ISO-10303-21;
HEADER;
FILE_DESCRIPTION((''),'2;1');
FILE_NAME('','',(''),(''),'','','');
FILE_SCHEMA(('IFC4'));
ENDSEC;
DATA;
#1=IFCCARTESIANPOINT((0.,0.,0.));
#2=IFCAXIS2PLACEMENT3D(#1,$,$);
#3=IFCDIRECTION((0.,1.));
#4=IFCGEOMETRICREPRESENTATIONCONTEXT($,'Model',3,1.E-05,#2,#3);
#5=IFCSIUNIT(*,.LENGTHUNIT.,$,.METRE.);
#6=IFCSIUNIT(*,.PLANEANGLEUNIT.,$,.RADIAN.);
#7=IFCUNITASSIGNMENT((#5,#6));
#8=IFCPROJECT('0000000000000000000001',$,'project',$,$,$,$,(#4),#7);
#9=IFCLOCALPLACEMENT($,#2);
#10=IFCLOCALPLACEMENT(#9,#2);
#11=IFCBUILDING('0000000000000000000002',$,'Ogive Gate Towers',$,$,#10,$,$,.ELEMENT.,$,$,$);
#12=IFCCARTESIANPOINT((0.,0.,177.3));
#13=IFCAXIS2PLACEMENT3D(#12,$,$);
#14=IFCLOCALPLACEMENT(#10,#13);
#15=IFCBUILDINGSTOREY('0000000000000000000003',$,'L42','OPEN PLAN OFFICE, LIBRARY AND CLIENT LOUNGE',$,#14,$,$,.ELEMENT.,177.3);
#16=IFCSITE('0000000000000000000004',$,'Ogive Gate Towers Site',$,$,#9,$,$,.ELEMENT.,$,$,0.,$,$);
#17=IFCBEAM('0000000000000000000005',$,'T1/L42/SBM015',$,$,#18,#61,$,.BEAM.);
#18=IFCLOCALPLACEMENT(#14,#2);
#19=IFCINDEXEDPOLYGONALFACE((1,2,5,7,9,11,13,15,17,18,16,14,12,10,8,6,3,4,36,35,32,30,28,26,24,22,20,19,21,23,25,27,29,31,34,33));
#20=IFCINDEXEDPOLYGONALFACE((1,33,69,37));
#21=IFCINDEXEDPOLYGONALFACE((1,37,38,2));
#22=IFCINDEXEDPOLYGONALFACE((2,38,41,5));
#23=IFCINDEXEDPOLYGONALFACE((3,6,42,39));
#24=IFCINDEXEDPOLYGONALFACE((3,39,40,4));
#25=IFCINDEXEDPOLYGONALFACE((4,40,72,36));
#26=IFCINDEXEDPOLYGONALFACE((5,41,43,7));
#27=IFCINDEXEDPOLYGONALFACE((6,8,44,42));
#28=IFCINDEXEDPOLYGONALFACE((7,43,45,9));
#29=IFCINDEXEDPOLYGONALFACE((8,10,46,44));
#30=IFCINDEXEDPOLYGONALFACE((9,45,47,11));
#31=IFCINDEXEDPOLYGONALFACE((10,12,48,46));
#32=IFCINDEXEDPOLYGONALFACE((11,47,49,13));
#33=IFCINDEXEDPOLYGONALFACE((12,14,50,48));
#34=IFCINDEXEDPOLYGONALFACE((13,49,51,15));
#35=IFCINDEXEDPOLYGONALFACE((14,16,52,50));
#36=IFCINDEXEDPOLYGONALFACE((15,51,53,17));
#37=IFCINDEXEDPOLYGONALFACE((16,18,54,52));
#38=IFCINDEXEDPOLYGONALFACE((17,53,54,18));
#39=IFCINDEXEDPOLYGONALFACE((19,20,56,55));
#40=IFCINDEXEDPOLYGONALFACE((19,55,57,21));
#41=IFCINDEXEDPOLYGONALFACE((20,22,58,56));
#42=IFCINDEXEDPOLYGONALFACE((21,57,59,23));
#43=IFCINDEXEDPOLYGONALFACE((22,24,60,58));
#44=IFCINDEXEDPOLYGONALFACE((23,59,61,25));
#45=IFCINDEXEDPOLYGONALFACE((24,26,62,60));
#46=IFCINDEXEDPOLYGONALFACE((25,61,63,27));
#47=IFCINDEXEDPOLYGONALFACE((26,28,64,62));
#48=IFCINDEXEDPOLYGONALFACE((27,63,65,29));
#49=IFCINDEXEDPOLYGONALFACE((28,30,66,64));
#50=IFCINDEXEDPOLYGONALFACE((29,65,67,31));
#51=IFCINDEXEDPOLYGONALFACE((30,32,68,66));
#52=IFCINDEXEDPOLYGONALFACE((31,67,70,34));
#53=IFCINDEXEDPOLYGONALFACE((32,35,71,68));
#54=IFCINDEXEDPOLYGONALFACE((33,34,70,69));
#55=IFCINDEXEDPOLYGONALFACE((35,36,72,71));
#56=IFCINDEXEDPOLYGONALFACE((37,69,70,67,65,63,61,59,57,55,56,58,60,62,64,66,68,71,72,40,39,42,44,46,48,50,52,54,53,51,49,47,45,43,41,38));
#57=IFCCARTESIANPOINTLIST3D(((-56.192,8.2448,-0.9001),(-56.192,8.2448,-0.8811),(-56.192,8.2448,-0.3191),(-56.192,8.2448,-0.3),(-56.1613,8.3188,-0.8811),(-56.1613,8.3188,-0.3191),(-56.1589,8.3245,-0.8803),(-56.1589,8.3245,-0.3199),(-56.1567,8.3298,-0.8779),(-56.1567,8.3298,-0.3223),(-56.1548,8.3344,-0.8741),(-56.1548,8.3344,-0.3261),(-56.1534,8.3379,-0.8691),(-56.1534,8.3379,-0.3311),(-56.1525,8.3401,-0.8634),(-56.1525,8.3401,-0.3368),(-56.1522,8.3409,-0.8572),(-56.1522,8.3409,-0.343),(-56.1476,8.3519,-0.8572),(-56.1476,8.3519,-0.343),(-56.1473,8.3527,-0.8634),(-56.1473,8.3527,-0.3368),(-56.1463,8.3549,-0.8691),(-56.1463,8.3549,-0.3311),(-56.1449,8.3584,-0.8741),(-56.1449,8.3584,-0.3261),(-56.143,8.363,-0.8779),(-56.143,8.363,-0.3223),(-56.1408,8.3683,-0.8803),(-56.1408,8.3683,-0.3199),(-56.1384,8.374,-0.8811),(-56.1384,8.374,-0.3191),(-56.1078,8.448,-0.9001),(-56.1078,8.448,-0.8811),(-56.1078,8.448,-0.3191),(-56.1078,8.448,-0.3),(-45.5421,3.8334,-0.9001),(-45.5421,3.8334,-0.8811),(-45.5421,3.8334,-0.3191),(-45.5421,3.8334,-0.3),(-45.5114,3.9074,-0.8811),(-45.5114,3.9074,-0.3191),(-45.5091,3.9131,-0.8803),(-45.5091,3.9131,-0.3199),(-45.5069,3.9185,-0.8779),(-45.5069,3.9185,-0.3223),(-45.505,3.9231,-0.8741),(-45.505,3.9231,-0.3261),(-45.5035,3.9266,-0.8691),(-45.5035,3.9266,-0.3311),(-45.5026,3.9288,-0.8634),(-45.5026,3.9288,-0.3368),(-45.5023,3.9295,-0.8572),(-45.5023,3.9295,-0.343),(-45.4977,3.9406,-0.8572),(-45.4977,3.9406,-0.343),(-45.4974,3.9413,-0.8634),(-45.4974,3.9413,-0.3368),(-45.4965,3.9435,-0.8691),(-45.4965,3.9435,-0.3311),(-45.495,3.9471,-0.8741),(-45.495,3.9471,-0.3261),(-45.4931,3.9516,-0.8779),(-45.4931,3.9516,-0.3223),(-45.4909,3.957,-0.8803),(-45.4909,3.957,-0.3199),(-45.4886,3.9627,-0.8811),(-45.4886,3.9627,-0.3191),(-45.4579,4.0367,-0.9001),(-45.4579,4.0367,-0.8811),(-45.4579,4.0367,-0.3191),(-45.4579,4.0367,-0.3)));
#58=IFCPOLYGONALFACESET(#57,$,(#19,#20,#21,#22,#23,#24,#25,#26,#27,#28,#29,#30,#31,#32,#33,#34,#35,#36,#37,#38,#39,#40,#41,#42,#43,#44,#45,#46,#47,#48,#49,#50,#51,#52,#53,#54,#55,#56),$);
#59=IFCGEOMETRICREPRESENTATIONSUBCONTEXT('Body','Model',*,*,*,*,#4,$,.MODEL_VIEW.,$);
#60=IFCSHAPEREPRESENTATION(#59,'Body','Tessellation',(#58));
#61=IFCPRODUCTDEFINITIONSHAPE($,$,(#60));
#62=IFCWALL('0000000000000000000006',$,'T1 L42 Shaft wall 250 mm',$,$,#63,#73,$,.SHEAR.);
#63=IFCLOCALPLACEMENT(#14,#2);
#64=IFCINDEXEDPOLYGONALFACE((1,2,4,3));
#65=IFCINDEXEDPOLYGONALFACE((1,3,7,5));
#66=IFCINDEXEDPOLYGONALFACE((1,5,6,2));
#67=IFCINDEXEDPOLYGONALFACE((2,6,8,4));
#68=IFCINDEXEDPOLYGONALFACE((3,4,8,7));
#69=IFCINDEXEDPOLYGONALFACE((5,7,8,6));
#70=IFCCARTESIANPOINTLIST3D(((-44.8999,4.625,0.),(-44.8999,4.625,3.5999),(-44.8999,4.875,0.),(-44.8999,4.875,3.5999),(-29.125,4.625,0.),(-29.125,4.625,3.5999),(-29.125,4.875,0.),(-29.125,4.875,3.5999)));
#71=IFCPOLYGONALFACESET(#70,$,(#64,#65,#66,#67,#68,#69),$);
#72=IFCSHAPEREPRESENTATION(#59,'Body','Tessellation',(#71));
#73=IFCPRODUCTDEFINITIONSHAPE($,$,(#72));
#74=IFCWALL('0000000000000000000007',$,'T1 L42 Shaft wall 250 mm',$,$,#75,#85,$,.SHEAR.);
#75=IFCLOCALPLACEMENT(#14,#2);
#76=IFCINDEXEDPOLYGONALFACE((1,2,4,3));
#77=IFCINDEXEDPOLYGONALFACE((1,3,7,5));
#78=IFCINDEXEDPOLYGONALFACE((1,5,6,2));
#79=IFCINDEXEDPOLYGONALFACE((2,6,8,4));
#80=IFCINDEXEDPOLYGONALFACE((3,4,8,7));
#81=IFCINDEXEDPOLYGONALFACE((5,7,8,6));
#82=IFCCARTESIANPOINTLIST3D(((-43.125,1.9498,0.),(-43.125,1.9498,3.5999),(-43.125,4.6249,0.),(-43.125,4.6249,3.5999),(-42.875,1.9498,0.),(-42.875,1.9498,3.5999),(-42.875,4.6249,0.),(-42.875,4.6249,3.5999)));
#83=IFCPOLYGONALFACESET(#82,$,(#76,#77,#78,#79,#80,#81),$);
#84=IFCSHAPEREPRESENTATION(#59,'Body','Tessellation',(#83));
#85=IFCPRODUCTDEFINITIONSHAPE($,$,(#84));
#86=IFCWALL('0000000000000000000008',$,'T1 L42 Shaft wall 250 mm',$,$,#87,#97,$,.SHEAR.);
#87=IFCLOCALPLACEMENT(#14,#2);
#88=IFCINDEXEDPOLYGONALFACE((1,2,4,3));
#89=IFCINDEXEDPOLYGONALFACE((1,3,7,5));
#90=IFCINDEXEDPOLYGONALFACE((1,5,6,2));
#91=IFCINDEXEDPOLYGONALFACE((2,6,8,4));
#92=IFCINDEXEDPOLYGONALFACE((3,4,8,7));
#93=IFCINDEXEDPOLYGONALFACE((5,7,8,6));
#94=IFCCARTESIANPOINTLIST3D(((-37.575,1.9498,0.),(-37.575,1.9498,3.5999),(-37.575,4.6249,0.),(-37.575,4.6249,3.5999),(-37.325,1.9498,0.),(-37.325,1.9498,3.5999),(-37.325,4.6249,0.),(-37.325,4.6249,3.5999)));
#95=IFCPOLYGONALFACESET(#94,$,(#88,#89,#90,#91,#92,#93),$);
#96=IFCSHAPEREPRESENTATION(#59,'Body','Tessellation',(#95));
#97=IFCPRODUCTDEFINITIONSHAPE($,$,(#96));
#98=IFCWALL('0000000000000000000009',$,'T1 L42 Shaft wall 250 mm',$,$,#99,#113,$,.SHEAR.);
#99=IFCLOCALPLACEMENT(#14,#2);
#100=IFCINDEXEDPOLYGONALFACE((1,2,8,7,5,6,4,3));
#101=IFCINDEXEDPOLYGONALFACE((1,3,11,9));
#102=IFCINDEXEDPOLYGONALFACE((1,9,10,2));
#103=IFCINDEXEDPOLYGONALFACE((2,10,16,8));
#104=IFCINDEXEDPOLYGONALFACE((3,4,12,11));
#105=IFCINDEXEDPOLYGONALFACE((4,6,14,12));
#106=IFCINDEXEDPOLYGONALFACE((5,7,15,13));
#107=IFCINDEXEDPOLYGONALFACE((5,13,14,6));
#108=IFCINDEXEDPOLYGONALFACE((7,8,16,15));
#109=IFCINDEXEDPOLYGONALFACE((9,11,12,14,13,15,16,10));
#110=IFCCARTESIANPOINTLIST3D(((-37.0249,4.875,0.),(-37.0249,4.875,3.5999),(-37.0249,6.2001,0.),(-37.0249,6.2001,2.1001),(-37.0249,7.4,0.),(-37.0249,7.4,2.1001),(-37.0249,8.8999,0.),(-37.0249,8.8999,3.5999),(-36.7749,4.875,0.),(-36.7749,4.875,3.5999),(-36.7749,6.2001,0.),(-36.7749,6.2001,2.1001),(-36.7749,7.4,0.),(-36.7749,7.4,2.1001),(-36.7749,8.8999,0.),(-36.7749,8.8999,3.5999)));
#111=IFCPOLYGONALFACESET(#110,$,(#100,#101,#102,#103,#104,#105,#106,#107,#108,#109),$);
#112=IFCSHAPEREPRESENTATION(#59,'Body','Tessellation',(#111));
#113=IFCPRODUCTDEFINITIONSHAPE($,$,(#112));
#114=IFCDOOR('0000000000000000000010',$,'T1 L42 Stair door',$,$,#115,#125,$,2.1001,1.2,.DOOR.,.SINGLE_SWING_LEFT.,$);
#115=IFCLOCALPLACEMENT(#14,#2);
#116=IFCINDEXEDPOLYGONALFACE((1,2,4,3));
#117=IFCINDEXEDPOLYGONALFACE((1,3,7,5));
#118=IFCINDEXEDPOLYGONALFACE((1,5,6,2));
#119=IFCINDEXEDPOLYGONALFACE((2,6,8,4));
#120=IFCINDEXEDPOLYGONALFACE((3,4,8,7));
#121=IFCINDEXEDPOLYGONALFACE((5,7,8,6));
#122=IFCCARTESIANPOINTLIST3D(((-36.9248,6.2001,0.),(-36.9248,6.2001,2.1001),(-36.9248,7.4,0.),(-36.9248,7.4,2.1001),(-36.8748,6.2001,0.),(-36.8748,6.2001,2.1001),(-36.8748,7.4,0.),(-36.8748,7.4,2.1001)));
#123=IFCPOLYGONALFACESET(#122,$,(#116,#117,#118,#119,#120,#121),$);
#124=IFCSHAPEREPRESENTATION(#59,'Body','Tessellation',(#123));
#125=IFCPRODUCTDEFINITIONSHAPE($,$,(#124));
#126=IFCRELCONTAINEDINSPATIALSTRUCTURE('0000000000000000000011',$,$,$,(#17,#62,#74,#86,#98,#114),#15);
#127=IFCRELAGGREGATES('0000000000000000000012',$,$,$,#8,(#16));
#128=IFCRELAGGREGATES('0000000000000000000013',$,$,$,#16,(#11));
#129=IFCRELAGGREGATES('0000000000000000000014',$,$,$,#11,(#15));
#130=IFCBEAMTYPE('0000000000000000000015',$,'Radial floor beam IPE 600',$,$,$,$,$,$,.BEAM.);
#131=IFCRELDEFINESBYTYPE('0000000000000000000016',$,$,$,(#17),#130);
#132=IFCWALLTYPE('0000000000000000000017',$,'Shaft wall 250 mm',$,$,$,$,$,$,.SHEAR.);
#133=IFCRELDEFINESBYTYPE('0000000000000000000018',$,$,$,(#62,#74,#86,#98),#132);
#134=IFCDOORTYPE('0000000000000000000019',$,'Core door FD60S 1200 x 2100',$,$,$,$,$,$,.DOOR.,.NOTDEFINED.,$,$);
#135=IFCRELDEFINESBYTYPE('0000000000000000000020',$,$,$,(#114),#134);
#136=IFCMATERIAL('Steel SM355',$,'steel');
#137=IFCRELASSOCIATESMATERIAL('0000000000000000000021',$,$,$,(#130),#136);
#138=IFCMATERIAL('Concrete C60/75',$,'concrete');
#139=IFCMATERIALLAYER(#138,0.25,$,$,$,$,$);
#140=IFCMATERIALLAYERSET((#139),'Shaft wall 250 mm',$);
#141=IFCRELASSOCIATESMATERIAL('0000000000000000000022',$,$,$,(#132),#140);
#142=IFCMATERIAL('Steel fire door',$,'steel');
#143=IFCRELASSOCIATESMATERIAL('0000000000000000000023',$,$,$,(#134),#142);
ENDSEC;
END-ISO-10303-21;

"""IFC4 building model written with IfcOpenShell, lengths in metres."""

from ifc_helpers import new_model, si_unit, direction, frame, frame_2d, origin, origin_2d, place, context, subcontext, project, spatial, rectangle, i_section, extrude, material, layer, layer_set, material_profile, profile_set, type_object, element, fill, save


model = new_model("IFC4")

# Units and contexts
model_context = context("Model", 3, precision=1e-05, world=origin(), true_north=direction((0.0, 1.0)))
body_context = subcontext(model_context, "Body", "Model", "MODEL_VIEW")
ifc_project = project(units=[si_unit("LENGTHUNIT", "METRE"), si_unit("PLANEANGLEUNIT", "RADIAN")], contexts=[model_context])

# Site, building, storey
site_placement = place(None, origin())
site = spatial("IfcSite", under=ifc_project, at=site_placement, Name="Ogive Gate Towers Site", CompositionType="ELEMENT", RefElevation=0.0)
building_placement = place(site_placement, origin())
building = spatial("IfcBuilding", under=site, at=building_placement, Name="Ogive Gate Towers", CompositionType="ELEMENT")
storey_placement = place(building_placement, frame((0.0, 0.0, 177.3)))
storey = spatial("IfcBuildingStorey", under=building, at=storey_placement, Name="L42", Description="OPEN PLAN OFFICE, LIBRARY AND CLIENT LOUNGE", CompositionType="ELEMENT", Elevation=177.3)

# Beam
ifc_material_1 = material(Name="Steel SM355", Category="steel")
ifc_material_profile = material_profile(ifc_material_1, i_section(OverallWidth=0.22, OverallDepth=0.6001, WebThickness=0.012, FlangeThickness=0.019, FilletRadius=0.0239, at=origin_2d()), Name="IPE 600")
ifc_profile_set = profile_set([ifc_material_profile], Name="Steel SM355")
beam_type = type_object("IfcBeamType", Name="Radial floor beam IPE 600", PredefinedType="BEAM", material=ifc_profile_set)
beam_placement = place(storey_placement, frame((-45.5, 3.9351, -0.6001), z_axis=(-0.923878, 0.382687, 0.0), x_axis=(-0.382687, -0.923878, 0.0)))
element("IfcBeam", 1, at=beam_placement, inside=storey, type_object=beam_type, Name="T1/L42/SBM015", PredefinedType="BEAM", context=body_context, shape_type="SweptSolid", body=[
    extrude(i_section(OverallWidth=0.22, OverallDepth=0.6001, WebThickness=0.012, FlangeThickness=0.019, FilletRadius=0.0239, at=origin_2d()), origin(), (0.0, 0.0, 1.0), 11.5273),
])

# Walls
ifc_material_2 = material(Name="Concrete C60/75", Category="concrete")
ifc_layer_1 = layer(ifc_material_2, 0.25)
ifc_layer_set_1 = layer_set([ifc_layer_1], Name="Shaft wall 250 mm")
wall_type_1 = type_object("IfcWallType", Name="Shaft wall 250 mm", PredefinedType="SHEAR", material=ifc_layer_set_1)
wall_1_placement = place(storey_placement, frame((-44.8999, 4.75, 0.0), z_axis=(0.0, 0.0, 1.0), x_axis=(1.0, 0.0, 0.0)))
element("IfcWall", 2, at=wall_1_placement, inside=storey, type_object=wall_type_1, Name="T1 L42 Shaft wall 250 mm", PredefinedType="SHEAR", context=body_context, shape_type="SweptSolid", body=[
    extrude(rectangle(XDim=15.7749, YDim=0.25, at=frame_2d((7.8875, 0.0))), origin(), (0.0, 0.0, 1.0), 3.5999),
])
for number, where, z_axis, x_axis, name in (
    (3, (-43.0, 1.95, 0.0), (0.0, 0.0, 1.0), (0.0, 1.0, 0.0), "T1 L42 Shaft wall 250 mm"),
    (4, (-37.45, 1.95, 0.0), (0.0, 0.0, 1.0), (0.0, 1.0, 0.0), "T1 L42 Shaft wall 250 mm"),
):
    element("IfcWall", number, at=place(storey_placement, frame(where, z_axis=z_axis, x_axis=x_axis)), inside=storey, type_object=wall_type_1, Name=name, PredefinedType="SHEAR", context=body_context, shape_type="SweptSolid", body=[
        extrude(rectangle(XDim=2.675, YDim=0.25, at=frame_2d((1.3374, 0.0))), origin(), (0.0, 0.0, 1.0), 3.5999),
    ])

# Wall, opening, door
wall_2_placement = place(storey_placement, frame((-36.8999, 4.875, 0.0), z_axis=(0.0, 0.0, 1.0), x_axis=(0.0, 1.0, 0.0)))
wall_2 = element("IfcWall", 5, at=wall_2_placement, inside=storey, type_object=wall_type_1, Name="T1 L42 Shaft wall 250 mm", PredefinedType="SHEAR", context=body_context, shape_type="SweptSolid", body=[
    extrude(rectangle(XDim=4.0249, YDim=0.25, at=frame_2d((2.0125, 0.0))), origin(), (0.0, 0.0, 1.0), 3.5999),
])
opening_1_placement = place(wall_2_placement, frame((1.325, 0.0, 0.0)))
opening_1 = element("IfcOpeningElement", 6, at=opening_1_placement, cuts=wall_2, PredefinedType="OPENING", context=body_context, shape_type="SweptSolid", body=[
    extrude(rectangle(XDim=1.2, YDim=2.1001, at=frame_2d((0.6001, 1.05))), frame((0.0, 0.135, 0.0), z_axis=(0.0, -1.0, 0.0), x_axis=(1.0, 0.0, 0.0)), (0.0, 0.0, 1.0), 0.27),
])
ifc_material_3 = material(Name="Steel fire door", Category="steel")
door_type_1 = type_object("IfcDoorType", Name="Core door FD60S 1200 x 2100", OperationType="NOTDEFINED", PredefinedType="DOOR", material=ifc_material_3)
door_1_placement = place(opening_1_placement, origin())
door_1 = element("IfcDoor", 7, at=door_1_placement, inside=storey, type_object=door_type_1, Name="T1 L42 Stair door", OperationType="SINGLE_SWING_LEFT", OverallHeight=2.1001, OverallWidth=1.2, PredefinedType="DOOR", context=body_context, shape_type="SweptSolid", body=[
    extrude(rectangle(XDim=1.2, YDim=2.1001, at=frame_2d((0.6001, 1.05))), frame((0.0, 0.0249, 0.0), z_axis=(0.0, -1.0, 0.0), x_axis=(1.0, 0.0, 0.0)), (0.0, 0.0, 1.0), 0.05),
])
fill(opening_1, door_1)

save(model, "model.ifc")
